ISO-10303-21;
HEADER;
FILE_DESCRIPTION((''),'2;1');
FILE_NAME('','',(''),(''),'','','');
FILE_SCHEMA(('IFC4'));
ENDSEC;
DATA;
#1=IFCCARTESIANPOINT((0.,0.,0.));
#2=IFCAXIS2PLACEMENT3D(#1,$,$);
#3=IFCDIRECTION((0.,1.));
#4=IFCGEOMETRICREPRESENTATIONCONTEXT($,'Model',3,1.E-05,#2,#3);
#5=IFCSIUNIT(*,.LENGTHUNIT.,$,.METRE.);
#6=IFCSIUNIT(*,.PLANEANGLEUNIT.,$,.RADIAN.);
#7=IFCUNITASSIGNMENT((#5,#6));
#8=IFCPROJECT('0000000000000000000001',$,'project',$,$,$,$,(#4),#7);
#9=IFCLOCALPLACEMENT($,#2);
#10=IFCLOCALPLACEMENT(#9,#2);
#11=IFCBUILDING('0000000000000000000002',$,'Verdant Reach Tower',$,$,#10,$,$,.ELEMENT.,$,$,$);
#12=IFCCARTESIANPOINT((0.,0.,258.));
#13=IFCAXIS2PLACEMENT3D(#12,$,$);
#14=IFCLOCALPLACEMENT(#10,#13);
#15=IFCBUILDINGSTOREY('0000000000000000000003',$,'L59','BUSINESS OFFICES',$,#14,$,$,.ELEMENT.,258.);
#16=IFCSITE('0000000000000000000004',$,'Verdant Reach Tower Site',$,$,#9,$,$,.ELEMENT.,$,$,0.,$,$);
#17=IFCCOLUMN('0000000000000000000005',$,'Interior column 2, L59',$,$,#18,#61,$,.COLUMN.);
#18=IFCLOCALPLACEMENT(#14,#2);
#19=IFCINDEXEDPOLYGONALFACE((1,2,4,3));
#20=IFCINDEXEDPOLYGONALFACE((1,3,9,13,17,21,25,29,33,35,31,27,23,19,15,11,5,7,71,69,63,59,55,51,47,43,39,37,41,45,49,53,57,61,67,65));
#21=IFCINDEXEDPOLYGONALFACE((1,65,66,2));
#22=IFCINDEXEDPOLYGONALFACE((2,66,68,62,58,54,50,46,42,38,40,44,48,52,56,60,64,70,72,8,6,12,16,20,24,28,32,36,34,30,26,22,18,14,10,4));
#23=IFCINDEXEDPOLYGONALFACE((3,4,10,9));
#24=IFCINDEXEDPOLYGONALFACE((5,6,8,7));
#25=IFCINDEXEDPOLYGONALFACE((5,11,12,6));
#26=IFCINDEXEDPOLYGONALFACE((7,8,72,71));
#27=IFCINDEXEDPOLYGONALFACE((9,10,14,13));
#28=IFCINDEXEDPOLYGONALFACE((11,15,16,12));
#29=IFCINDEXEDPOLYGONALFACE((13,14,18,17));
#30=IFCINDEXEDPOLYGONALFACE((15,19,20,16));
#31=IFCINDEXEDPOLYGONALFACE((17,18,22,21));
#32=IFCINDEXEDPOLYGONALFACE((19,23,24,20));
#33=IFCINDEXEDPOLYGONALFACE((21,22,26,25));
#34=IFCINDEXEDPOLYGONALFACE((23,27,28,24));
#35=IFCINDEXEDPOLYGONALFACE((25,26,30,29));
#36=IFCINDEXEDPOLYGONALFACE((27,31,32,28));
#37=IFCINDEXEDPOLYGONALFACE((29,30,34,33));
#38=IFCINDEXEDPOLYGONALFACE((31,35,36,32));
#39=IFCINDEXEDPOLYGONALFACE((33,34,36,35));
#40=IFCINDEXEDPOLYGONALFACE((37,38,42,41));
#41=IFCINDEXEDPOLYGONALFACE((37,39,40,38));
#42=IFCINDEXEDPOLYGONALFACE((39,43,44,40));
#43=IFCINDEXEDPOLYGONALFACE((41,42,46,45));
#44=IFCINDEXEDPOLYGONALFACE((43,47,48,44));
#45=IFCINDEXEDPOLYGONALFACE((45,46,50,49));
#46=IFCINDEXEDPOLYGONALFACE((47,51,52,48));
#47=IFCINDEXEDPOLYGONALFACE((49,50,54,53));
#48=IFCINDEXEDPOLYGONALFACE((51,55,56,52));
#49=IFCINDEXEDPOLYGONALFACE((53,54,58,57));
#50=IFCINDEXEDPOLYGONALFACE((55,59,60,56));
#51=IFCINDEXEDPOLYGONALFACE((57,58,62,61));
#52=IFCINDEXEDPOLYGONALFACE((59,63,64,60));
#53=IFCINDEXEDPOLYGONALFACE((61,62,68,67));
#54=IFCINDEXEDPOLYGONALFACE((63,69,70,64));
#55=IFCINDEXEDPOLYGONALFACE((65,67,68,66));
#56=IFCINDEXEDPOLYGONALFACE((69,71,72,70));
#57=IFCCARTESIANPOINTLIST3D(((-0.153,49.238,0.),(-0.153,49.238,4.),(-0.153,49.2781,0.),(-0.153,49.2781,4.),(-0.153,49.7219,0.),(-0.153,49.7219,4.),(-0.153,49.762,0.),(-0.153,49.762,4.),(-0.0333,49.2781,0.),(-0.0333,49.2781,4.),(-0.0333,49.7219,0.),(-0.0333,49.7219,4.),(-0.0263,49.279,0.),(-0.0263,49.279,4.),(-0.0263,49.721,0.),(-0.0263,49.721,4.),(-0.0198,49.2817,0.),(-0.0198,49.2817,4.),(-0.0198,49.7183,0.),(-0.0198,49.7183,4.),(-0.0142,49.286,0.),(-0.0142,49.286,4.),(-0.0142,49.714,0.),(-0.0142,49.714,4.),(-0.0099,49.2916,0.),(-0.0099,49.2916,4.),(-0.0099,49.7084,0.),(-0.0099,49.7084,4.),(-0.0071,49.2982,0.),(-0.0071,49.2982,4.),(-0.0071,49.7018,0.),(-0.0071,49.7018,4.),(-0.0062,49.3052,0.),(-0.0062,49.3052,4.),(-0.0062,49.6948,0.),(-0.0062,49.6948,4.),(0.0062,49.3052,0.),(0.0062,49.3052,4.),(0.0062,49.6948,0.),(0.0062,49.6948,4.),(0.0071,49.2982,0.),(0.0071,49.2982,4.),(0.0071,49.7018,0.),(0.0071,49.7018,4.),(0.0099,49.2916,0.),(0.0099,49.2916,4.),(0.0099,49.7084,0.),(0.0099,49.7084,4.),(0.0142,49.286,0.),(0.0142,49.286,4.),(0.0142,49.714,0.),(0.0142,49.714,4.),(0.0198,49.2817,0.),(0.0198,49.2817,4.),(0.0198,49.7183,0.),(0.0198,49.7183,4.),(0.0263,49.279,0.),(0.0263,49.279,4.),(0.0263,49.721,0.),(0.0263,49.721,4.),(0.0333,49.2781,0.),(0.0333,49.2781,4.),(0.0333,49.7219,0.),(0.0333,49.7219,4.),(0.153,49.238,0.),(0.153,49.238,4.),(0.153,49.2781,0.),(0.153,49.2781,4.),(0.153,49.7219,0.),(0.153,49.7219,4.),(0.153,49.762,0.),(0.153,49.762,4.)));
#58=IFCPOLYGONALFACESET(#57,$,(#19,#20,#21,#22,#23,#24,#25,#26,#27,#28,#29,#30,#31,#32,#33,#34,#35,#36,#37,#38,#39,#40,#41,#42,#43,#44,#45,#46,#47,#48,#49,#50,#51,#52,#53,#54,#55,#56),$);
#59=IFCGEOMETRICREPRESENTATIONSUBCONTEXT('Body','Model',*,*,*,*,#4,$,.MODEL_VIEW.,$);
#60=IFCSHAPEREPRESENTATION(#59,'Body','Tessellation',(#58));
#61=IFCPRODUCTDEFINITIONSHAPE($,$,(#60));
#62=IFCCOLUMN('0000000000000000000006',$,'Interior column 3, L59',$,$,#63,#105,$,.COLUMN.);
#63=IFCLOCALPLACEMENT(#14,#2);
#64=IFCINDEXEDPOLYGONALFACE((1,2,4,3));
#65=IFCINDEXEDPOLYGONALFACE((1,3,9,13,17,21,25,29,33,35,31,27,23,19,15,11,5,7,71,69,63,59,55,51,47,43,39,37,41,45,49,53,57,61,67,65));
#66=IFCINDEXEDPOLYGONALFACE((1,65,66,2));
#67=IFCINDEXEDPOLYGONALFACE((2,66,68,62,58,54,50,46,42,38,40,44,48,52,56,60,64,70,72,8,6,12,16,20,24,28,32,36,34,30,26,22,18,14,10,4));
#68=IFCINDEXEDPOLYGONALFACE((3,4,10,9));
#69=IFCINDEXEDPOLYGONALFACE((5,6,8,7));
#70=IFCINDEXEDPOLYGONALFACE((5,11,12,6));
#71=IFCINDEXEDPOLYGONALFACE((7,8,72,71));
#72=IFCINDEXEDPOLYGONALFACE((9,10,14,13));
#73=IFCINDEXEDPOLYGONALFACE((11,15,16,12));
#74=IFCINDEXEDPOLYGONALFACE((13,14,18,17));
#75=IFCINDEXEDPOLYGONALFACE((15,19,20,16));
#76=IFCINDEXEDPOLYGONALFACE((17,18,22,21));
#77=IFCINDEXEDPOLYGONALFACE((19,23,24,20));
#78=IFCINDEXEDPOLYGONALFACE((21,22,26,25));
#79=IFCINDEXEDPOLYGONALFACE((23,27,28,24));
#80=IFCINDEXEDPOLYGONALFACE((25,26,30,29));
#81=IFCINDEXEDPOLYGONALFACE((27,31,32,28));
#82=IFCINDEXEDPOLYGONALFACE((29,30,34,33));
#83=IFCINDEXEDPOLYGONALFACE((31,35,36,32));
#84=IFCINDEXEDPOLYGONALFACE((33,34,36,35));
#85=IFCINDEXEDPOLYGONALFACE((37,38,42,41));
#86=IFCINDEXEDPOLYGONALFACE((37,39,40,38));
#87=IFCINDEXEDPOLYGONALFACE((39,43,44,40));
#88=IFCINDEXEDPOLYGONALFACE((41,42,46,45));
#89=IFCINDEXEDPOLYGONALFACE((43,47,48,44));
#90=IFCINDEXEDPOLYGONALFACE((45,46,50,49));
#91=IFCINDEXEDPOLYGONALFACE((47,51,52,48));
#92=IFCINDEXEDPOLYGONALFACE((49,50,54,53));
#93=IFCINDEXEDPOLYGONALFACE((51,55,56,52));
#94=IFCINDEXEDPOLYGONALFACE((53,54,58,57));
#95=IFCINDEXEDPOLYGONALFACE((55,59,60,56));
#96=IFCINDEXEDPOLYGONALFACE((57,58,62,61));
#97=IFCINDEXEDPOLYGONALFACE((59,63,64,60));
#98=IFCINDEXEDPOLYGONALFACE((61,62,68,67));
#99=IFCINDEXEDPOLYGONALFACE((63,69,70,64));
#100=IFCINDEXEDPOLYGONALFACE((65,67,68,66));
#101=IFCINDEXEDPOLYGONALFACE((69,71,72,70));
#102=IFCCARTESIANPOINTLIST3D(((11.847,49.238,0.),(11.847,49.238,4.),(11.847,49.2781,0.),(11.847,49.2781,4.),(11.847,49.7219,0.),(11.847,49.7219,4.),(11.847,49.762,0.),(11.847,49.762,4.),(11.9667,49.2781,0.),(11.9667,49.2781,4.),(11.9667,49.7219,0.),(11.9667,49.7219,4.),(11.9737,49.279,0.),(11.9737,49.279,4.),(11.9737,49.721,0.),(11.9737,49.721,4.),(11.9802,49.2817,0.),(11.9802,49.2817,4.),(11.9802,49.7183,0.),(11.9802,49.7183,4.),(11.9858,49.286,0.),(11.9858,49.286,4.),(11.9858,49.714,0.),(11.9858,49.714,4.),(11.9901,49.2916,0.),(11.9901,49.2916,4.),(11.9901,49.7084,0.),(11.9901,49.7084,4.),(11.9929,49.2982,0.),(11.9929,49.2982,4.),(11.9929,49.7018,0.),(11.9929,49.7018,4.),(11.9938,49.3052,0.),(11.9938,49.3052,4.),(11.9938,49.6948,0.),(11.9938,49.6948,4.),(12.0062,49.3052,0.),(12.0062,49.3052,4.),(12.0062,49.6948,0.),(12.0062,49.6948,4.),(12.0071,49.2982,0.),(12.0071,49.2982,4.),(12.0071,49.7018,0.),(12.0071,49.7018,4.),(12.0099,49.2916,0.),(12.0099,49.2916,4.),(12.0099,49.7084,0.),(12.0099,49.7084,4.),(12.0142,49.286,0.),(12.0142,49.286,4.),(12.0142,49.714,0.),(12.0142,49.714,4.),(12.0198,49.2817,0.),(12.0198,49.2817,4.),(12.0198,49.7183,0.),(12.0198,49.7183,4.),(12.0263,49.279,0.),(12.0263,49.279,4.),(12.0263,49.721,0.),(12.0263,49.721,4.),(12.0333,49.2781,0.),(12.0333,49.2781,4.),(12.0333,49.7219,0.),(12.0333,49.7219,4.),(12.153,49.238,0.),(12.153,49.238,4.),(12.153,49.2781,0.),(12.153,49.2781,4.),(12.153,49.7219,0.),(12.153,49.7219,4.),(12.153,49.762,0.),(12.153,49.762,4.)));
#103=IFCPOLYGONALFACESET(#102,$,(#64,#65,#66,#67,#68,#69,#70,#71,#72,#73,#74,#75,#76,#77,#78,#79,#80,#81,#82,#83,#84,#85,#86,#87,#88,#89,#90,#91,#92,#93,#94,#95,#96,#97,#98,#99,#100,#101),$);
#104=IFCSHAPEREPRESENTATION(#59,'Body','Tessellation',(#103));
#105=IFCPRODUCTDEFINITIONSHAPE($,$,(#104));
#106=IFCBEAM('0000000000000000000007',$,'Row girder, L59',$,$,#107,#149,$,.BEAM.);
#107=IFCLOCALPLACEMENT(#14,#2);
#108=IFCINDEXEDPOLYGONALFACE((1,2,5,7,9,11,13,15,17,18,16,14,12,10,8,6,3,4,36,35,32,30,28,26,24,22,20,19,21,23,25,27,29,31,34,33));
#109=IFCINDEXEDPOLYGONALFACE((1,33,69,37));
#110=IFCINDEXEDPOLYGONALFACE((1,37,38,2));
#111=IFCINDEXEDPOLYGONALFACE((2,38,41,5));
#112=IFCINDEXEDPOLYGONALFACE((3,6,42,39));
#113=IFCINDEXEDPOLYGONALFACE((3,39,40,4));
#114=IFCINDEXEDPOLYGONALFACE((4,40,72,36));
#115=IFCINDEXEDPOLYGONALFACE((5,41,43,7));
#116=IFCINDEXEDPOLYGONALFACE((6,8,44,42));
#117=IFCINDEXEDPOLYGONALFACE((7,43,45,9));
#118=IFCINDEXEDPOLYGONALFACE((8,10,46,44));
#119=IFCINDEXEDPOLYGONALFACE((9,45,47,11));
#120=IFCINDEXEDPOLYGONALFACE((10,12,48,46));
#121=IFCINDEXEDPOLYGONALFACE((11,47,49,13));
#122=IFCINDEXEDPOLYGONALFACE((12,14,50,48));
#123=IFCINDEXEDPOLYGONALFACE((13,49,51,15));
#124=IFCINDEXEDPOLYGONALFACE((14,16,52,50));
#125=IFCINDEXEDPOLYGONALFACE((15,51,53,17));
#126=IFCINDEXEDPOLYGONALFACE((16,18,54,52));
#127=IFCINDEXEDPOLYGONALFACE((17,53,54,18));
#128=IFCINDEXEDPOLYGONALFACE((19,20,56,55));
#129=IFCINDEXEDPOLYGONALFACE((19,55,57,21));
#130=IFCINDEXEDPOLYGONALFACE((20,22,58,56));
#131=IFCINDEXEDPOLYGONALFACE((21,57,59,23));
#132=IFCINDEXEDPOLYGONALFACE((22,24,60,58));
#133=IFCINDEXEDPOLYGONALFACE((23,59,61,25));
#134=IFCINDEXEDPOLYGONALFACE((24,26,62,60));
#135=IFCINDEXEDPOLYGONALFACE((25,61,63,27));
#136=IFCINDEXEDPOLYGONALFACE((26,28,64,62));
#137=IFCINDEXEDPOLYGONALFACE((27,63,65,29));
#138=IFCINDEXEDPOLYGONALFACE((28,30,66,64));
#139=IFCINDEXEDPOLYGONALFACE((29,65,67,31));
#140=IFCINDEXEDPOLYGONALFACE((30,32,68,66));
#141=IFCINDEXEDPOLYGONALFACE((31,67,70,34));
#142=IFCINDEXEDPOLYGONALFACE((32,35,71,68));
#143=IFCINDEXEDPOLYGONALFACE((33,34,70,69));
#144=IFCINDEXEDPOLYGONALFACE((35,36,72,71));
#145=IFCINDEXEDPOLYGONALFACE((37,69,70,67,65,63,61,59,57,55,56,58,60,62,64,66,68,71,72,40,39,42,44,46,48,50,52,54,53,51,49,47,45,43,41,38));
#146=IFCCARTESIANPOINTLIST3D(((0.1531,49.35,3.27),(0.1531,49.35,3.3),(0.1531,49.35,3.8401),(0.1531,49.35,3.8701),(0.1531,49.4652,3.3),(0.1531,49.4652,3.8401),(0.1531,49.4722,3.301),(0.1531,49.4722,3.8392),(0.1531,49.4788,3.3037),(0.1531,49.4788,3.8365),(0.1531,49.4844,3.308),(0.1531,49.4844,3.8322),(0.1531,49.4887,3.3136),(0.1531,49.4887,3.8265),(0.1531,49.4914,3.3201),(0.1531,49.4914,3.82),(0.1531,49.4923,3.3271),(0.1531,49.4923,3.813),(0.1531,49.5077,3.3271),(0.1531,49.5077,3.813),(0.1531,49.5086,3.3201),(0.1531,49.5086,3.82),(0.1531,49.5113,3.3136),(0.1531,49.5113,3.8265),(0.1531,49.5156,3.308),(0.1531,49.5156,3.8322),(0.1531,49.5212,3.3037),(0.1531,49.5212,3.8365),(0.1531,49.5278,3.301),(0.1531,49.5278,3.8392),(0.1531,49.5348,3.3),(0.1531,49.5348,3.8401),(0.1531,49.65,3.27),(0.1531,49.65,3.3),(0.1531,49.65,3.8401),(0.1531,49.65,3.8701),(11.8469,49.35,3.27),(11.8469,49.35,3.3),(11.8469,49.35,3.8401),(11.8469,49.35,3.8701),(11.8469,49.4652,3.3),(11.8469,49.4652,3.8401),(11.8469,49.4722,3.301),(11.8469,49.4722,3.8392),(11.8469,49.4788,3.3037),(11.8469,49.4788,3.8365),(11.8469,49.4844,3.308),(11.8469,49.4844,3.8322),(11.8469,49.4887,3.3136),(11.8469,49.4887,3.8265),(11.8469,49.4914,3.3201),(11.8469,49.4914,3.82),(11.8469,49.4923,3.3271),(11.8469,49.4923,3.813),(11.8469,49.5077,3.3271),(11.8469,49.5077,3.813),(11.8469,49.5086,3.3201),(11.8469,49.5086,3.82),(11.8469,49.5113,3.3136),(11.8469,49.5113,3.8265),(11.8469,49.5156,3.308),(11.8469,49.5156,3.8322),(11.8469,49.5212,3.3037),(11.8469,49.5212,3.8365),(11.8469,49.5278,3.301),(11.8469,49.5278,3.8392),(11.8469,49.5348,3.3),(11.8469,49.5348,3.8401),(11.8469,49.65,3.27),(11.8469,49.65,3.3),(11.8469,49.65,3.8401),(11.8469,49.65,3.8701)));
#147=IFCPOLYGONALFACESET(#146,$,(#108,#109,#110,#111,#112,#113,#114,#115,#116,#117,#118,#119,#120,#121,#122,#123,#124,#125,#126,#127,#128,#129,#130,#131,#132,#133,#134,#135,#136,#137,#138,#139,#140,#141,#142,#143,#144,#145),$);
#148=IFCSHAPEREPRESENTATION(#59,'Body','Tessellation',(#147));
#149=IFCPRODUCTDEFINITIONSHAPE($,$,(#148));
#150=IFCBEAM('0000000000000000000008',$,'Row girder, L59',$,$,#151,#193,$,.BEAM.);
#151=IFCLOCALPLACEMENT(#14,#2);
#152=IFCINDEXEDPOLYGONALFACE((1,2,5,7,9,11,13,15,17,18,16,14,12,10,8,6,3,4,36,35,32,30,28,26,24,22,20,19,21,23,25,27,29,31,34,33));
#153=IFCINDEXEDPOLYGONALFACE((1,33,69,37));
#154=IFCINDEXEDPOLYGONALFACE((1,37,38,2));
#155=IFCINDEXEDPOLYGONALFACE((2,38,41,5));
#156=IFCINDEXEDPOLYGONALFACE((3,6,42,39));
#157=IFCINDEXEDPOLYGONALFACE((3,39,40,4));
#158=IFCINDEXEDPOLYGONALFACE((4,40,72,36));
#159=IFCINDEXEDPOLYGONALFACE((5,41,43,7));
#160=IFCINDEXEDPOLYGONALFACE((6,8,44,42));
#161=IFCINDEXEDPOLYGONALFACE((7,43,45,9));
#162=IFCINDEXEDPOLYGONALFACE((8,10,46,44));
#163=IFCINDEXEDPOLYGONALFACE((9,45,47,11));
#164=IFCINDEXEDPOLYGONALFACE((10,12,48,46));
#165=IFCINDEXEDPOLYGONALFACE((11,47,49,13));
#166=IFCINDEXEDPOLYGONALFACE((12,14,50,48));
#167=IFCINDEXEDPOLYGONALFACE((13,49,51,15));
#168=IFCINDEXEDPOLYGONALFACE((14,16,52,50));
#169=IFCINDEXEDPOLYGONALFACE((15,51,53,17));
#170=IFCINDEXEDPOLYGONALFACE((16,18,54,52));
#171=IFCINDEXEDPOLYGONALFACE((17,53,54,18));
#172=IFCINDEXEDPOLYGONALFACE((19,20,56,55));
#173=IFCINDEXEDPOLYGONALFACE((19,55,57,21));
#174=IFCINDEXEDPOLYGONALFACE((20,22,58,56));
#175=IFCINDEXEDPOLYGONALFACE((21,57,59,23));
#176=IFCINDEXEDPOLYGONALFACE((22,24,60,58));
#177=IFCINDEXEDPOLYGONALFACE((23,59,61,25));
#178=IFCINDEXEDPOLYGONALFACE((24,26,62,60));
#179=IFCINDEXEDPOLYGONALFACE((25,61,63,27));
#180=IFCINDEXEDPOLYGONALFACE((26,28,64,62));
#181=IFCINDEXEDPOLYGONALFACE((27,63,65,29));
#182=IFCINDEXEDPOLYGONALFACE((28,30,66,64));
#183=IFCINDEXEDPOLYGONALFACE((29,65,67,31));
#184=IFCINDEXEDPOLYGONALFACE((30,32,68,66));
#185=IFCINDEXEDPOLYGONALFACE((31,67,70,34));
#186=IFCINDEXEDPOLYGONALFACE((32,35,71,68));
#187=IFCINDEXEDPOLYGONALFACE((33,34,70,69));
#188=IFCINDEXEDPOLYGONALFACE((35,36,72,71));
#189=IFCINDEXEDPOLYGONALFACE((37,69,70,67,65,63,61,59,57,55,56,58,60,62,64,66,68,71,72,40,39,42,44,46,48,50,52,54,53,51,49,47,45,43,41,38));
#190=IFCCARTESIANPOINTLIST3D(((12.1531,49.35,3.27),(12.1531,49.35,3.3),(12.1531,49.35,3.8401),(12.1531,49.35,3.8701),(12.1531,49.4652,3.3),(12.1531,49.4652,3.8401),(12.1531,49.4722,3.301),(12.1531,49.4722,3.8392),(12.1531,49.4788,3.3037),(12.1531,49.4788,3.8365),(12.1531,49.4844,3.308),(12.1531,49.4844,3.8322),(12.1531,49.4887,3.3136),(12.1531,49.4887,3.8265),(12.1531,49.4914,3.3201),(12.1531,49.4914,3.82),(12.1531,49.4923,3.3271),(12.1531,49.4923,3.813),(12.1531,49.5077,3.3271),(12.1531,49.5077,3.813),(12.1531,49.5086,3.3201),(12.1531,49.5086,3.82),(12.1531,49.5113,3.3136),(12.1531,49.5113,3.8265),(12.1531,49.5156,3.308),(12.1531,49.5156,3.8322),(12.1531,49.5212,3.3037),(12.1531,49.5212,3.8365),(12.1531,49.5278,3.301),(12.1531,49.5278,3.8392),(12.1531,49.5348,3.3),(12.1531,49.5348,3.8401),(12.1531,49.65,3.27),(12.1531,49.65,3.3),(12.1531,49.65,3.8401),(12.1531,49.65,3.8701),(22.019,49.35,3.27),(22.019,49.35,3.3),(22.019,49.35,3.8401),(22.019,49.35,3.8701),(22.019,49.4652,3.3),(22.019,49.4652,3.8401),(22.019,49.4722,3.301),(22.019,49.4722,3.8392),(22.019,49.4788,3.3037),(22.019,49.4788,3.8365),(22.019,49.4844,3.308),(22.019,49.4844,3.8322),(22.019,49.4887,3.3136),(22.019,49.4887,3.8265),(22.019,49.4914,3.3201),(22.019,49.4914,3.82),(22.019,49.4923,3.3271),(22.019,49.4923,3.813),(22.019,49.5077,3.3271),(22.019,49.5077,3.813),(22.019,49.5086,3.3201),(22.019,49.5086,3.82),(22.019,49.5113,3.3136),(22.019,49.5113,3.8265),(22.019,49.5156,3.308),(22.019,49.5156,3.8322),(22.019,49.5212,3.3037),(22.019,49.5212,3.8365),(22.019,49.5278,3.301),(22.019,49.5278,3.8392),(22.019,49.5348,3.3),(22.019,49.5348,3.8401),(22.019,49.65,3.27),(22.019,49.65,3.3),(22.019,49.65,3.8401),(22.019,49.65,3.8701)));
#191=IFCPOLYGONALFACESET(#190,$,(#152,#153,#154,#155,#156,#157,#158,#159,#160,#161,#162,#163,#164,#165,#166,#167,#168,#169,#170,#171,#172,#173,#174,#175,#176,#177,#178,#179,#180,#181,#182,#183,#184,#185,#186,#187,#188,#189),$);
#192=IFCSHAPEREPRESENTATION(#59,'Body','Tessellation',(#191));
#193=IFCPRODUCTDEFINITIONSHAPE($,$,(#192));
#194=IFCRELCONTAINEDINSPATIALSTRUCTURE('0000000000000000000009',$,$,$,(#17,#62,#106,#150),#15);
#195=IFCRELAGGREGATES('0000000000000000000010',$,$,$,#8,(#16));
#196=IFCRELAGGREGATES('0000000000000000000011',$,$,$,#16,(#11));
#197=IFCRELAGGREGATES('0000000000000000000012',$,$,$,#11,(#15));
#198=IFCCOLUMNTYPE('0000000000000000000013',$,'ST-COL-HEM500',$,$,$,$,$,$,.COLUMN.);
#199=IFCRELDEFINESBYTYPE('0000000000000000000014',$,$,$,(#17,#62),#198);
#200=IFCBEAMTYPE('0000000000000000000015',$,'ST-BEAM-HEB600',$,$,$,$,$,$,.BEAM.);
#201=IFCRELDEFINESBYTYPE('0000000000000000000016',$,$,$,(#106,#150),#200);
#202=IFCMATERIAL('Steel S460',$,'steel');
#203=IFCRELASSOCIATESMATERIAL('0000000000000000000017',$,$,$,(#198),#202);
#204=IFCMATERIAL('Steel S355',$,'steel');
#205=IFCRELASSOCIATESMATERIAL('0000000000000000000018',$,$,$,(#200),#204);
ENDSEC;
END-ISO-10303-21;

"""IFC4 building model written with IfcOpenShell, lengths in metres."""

from ifc_helpers import new_model, si_unit, direction, frame, origin, origin_2d, place, context, subcontext, project, spatial, i_section, extrude, material, material_profile, profile_set, type_object, element, save


model = new_model("IFC4")

# Units and contexts
model_context = context("Model", 3, precision=1e-05, world=origin(), true_north=direction((0.0, 1.0)))
body_context = subcontext(model_context, "Body", "Model", "MODEL_VIEW")
ifc_project = project(units=[si_unit("LENGTHUNIT", "METRE"), si_unit("PLANEANGLEUNIT", "RADIAN")], contexts=[model_context])

# Site, building, storey
site_placement = place(None, origin())
site = spatial("IfcSite", under=ifc_project, at=site_placement, Name="Verdant Reach Tower Site", CompositionType="ELEMENT", RefElevation=0.0)
building_placement = place(site_placement, origin())
building = spatial("IfcBuilding", under=site, at=building_placement, Name="Verdant Reach Tower", CompositionType="ELEMENT")
storey_placement = place(building_placement, frame((0.0, 0.0, 258.0)))
storey = spatial("IfcBuildingStorey", under=building, at=storey_placement, Name="L59", Description="BUSINESS OFFICES", CompositionType="ELEMENT", Elevation=258.0)

# Columns
ifc_material_1 = material(Name="Steel S460", Category="steel")
ifc_material_profile_1 = material_profile(ifc_material_1, i_section(OverallWidth=0.3059, OverallDepth=0.5239, WebThickness=0.0125, FlangeThickness=0.04, FilletRadius=0.0271, at=origin_2d()), Name="HEM 500")
ifc_profile_set_1 = profile_set([ifc_material_profile_1], Name="Steel S460")
column_type = type_object("IfcColumnType", Name="ST-COL-HEM500", PredefinedType="COLUMN", material=ifc_profile_set_1)
for number, where, z_axis, x_axis, name in (
    (1, (0.0, 49.5, 0.0), (0.0, 0.0, 1.0), (1.0, 0.0, 0.0), "Interior column 2, L59"),
    (2, (12.0, 49.5, 0.0), (0.0, 0.0, 1.0), (1.0, 0.0, 0.0), "Interior column 3, L59"),
):
    element("IfcColumn", number, at=place(storey_placement, frame(where, z_axis=z_axis, x_axis=x_axis)), inside=storey, type_object=column_type, Name=name, PredefinedType="COLUMN", context=body_context, shape_type="SweptSolid", body=[
        extrude(i_section(OverallWidth=0.3059, OverallDepth=0.5239, WebThickness=0.0125, FlangeThickness=0.04, FilletRadius=0.0271, at=origin_2d()), origin(), (0.0, 0.0, 1.0), 4.0),
    ])

# Beams
ifc_material_2 = material(Name="Steel S355", Category="steel")
ifc_material_profile_2 = material_profile(ifc_material_2, i_section(OverallWidth=0.3, OverallDepth=0.6001, WebThickness=0.0154, FlangeThickness=0.03, FilletRadius=0.0271, at=origin_2d()), Name="HEB 600")
ifc_profile_set_2 = profile_set([ifc_material_profile_2], Name="Steel S355")
beam_type_1 = type_object("IfcBeamType", Name="ST-BEAM-HEB600", PredefinedType="BEAM", material=ifc_profile_set_2)
beam_1_placement = place(storey_placement, frame((0.1531, 49.5, 3.5701), z_axis=(1.0, 0.0, 0.0), x_axis=(0.0, 1.0, 0.0)))
element("IfcBeam", 3, at=beam_1_placement, inside=storey, type_object=beam_type_1, Name="Row girder, L59", PredefinedType="BEAM", context=body_context, shape_type="SweptSolid", body=[
    extrude(i_section(OverallWidth=0.3, OverallDepth=0.6001, WebThickness=0.0154, FlangeThickness=0.03, FilletRadius=0.0271, at=origin_2d()), origin(), (0.0, 0.0, 1.0), 11.6938),
])
beam_2_placement = place(storey_placement, frame((12.1531, 49.5, 3.5701), z_axis=(1.0, 0.0, 0.0), x_axis=(0.0, 1.0, 0.0)))
element("IfcBeam", 4, at=beam_2_placement, inside=storey, type_object=beam_type_1, Name="Row girder, L59", PredefinedType="BEAM", context=body_context, shape_type="SweptSolid", body=[
    extrude(i_section(OverallWidth=0.3, OverallDepth=0.6001, WebThickness=0.0154, FlangeThickness=0.03, FilletRadius=0.0271, at=origin_2d()), origin(), (0.0, 0.0, 1.0), 9.866),
])

save(model, "model.ifc")
